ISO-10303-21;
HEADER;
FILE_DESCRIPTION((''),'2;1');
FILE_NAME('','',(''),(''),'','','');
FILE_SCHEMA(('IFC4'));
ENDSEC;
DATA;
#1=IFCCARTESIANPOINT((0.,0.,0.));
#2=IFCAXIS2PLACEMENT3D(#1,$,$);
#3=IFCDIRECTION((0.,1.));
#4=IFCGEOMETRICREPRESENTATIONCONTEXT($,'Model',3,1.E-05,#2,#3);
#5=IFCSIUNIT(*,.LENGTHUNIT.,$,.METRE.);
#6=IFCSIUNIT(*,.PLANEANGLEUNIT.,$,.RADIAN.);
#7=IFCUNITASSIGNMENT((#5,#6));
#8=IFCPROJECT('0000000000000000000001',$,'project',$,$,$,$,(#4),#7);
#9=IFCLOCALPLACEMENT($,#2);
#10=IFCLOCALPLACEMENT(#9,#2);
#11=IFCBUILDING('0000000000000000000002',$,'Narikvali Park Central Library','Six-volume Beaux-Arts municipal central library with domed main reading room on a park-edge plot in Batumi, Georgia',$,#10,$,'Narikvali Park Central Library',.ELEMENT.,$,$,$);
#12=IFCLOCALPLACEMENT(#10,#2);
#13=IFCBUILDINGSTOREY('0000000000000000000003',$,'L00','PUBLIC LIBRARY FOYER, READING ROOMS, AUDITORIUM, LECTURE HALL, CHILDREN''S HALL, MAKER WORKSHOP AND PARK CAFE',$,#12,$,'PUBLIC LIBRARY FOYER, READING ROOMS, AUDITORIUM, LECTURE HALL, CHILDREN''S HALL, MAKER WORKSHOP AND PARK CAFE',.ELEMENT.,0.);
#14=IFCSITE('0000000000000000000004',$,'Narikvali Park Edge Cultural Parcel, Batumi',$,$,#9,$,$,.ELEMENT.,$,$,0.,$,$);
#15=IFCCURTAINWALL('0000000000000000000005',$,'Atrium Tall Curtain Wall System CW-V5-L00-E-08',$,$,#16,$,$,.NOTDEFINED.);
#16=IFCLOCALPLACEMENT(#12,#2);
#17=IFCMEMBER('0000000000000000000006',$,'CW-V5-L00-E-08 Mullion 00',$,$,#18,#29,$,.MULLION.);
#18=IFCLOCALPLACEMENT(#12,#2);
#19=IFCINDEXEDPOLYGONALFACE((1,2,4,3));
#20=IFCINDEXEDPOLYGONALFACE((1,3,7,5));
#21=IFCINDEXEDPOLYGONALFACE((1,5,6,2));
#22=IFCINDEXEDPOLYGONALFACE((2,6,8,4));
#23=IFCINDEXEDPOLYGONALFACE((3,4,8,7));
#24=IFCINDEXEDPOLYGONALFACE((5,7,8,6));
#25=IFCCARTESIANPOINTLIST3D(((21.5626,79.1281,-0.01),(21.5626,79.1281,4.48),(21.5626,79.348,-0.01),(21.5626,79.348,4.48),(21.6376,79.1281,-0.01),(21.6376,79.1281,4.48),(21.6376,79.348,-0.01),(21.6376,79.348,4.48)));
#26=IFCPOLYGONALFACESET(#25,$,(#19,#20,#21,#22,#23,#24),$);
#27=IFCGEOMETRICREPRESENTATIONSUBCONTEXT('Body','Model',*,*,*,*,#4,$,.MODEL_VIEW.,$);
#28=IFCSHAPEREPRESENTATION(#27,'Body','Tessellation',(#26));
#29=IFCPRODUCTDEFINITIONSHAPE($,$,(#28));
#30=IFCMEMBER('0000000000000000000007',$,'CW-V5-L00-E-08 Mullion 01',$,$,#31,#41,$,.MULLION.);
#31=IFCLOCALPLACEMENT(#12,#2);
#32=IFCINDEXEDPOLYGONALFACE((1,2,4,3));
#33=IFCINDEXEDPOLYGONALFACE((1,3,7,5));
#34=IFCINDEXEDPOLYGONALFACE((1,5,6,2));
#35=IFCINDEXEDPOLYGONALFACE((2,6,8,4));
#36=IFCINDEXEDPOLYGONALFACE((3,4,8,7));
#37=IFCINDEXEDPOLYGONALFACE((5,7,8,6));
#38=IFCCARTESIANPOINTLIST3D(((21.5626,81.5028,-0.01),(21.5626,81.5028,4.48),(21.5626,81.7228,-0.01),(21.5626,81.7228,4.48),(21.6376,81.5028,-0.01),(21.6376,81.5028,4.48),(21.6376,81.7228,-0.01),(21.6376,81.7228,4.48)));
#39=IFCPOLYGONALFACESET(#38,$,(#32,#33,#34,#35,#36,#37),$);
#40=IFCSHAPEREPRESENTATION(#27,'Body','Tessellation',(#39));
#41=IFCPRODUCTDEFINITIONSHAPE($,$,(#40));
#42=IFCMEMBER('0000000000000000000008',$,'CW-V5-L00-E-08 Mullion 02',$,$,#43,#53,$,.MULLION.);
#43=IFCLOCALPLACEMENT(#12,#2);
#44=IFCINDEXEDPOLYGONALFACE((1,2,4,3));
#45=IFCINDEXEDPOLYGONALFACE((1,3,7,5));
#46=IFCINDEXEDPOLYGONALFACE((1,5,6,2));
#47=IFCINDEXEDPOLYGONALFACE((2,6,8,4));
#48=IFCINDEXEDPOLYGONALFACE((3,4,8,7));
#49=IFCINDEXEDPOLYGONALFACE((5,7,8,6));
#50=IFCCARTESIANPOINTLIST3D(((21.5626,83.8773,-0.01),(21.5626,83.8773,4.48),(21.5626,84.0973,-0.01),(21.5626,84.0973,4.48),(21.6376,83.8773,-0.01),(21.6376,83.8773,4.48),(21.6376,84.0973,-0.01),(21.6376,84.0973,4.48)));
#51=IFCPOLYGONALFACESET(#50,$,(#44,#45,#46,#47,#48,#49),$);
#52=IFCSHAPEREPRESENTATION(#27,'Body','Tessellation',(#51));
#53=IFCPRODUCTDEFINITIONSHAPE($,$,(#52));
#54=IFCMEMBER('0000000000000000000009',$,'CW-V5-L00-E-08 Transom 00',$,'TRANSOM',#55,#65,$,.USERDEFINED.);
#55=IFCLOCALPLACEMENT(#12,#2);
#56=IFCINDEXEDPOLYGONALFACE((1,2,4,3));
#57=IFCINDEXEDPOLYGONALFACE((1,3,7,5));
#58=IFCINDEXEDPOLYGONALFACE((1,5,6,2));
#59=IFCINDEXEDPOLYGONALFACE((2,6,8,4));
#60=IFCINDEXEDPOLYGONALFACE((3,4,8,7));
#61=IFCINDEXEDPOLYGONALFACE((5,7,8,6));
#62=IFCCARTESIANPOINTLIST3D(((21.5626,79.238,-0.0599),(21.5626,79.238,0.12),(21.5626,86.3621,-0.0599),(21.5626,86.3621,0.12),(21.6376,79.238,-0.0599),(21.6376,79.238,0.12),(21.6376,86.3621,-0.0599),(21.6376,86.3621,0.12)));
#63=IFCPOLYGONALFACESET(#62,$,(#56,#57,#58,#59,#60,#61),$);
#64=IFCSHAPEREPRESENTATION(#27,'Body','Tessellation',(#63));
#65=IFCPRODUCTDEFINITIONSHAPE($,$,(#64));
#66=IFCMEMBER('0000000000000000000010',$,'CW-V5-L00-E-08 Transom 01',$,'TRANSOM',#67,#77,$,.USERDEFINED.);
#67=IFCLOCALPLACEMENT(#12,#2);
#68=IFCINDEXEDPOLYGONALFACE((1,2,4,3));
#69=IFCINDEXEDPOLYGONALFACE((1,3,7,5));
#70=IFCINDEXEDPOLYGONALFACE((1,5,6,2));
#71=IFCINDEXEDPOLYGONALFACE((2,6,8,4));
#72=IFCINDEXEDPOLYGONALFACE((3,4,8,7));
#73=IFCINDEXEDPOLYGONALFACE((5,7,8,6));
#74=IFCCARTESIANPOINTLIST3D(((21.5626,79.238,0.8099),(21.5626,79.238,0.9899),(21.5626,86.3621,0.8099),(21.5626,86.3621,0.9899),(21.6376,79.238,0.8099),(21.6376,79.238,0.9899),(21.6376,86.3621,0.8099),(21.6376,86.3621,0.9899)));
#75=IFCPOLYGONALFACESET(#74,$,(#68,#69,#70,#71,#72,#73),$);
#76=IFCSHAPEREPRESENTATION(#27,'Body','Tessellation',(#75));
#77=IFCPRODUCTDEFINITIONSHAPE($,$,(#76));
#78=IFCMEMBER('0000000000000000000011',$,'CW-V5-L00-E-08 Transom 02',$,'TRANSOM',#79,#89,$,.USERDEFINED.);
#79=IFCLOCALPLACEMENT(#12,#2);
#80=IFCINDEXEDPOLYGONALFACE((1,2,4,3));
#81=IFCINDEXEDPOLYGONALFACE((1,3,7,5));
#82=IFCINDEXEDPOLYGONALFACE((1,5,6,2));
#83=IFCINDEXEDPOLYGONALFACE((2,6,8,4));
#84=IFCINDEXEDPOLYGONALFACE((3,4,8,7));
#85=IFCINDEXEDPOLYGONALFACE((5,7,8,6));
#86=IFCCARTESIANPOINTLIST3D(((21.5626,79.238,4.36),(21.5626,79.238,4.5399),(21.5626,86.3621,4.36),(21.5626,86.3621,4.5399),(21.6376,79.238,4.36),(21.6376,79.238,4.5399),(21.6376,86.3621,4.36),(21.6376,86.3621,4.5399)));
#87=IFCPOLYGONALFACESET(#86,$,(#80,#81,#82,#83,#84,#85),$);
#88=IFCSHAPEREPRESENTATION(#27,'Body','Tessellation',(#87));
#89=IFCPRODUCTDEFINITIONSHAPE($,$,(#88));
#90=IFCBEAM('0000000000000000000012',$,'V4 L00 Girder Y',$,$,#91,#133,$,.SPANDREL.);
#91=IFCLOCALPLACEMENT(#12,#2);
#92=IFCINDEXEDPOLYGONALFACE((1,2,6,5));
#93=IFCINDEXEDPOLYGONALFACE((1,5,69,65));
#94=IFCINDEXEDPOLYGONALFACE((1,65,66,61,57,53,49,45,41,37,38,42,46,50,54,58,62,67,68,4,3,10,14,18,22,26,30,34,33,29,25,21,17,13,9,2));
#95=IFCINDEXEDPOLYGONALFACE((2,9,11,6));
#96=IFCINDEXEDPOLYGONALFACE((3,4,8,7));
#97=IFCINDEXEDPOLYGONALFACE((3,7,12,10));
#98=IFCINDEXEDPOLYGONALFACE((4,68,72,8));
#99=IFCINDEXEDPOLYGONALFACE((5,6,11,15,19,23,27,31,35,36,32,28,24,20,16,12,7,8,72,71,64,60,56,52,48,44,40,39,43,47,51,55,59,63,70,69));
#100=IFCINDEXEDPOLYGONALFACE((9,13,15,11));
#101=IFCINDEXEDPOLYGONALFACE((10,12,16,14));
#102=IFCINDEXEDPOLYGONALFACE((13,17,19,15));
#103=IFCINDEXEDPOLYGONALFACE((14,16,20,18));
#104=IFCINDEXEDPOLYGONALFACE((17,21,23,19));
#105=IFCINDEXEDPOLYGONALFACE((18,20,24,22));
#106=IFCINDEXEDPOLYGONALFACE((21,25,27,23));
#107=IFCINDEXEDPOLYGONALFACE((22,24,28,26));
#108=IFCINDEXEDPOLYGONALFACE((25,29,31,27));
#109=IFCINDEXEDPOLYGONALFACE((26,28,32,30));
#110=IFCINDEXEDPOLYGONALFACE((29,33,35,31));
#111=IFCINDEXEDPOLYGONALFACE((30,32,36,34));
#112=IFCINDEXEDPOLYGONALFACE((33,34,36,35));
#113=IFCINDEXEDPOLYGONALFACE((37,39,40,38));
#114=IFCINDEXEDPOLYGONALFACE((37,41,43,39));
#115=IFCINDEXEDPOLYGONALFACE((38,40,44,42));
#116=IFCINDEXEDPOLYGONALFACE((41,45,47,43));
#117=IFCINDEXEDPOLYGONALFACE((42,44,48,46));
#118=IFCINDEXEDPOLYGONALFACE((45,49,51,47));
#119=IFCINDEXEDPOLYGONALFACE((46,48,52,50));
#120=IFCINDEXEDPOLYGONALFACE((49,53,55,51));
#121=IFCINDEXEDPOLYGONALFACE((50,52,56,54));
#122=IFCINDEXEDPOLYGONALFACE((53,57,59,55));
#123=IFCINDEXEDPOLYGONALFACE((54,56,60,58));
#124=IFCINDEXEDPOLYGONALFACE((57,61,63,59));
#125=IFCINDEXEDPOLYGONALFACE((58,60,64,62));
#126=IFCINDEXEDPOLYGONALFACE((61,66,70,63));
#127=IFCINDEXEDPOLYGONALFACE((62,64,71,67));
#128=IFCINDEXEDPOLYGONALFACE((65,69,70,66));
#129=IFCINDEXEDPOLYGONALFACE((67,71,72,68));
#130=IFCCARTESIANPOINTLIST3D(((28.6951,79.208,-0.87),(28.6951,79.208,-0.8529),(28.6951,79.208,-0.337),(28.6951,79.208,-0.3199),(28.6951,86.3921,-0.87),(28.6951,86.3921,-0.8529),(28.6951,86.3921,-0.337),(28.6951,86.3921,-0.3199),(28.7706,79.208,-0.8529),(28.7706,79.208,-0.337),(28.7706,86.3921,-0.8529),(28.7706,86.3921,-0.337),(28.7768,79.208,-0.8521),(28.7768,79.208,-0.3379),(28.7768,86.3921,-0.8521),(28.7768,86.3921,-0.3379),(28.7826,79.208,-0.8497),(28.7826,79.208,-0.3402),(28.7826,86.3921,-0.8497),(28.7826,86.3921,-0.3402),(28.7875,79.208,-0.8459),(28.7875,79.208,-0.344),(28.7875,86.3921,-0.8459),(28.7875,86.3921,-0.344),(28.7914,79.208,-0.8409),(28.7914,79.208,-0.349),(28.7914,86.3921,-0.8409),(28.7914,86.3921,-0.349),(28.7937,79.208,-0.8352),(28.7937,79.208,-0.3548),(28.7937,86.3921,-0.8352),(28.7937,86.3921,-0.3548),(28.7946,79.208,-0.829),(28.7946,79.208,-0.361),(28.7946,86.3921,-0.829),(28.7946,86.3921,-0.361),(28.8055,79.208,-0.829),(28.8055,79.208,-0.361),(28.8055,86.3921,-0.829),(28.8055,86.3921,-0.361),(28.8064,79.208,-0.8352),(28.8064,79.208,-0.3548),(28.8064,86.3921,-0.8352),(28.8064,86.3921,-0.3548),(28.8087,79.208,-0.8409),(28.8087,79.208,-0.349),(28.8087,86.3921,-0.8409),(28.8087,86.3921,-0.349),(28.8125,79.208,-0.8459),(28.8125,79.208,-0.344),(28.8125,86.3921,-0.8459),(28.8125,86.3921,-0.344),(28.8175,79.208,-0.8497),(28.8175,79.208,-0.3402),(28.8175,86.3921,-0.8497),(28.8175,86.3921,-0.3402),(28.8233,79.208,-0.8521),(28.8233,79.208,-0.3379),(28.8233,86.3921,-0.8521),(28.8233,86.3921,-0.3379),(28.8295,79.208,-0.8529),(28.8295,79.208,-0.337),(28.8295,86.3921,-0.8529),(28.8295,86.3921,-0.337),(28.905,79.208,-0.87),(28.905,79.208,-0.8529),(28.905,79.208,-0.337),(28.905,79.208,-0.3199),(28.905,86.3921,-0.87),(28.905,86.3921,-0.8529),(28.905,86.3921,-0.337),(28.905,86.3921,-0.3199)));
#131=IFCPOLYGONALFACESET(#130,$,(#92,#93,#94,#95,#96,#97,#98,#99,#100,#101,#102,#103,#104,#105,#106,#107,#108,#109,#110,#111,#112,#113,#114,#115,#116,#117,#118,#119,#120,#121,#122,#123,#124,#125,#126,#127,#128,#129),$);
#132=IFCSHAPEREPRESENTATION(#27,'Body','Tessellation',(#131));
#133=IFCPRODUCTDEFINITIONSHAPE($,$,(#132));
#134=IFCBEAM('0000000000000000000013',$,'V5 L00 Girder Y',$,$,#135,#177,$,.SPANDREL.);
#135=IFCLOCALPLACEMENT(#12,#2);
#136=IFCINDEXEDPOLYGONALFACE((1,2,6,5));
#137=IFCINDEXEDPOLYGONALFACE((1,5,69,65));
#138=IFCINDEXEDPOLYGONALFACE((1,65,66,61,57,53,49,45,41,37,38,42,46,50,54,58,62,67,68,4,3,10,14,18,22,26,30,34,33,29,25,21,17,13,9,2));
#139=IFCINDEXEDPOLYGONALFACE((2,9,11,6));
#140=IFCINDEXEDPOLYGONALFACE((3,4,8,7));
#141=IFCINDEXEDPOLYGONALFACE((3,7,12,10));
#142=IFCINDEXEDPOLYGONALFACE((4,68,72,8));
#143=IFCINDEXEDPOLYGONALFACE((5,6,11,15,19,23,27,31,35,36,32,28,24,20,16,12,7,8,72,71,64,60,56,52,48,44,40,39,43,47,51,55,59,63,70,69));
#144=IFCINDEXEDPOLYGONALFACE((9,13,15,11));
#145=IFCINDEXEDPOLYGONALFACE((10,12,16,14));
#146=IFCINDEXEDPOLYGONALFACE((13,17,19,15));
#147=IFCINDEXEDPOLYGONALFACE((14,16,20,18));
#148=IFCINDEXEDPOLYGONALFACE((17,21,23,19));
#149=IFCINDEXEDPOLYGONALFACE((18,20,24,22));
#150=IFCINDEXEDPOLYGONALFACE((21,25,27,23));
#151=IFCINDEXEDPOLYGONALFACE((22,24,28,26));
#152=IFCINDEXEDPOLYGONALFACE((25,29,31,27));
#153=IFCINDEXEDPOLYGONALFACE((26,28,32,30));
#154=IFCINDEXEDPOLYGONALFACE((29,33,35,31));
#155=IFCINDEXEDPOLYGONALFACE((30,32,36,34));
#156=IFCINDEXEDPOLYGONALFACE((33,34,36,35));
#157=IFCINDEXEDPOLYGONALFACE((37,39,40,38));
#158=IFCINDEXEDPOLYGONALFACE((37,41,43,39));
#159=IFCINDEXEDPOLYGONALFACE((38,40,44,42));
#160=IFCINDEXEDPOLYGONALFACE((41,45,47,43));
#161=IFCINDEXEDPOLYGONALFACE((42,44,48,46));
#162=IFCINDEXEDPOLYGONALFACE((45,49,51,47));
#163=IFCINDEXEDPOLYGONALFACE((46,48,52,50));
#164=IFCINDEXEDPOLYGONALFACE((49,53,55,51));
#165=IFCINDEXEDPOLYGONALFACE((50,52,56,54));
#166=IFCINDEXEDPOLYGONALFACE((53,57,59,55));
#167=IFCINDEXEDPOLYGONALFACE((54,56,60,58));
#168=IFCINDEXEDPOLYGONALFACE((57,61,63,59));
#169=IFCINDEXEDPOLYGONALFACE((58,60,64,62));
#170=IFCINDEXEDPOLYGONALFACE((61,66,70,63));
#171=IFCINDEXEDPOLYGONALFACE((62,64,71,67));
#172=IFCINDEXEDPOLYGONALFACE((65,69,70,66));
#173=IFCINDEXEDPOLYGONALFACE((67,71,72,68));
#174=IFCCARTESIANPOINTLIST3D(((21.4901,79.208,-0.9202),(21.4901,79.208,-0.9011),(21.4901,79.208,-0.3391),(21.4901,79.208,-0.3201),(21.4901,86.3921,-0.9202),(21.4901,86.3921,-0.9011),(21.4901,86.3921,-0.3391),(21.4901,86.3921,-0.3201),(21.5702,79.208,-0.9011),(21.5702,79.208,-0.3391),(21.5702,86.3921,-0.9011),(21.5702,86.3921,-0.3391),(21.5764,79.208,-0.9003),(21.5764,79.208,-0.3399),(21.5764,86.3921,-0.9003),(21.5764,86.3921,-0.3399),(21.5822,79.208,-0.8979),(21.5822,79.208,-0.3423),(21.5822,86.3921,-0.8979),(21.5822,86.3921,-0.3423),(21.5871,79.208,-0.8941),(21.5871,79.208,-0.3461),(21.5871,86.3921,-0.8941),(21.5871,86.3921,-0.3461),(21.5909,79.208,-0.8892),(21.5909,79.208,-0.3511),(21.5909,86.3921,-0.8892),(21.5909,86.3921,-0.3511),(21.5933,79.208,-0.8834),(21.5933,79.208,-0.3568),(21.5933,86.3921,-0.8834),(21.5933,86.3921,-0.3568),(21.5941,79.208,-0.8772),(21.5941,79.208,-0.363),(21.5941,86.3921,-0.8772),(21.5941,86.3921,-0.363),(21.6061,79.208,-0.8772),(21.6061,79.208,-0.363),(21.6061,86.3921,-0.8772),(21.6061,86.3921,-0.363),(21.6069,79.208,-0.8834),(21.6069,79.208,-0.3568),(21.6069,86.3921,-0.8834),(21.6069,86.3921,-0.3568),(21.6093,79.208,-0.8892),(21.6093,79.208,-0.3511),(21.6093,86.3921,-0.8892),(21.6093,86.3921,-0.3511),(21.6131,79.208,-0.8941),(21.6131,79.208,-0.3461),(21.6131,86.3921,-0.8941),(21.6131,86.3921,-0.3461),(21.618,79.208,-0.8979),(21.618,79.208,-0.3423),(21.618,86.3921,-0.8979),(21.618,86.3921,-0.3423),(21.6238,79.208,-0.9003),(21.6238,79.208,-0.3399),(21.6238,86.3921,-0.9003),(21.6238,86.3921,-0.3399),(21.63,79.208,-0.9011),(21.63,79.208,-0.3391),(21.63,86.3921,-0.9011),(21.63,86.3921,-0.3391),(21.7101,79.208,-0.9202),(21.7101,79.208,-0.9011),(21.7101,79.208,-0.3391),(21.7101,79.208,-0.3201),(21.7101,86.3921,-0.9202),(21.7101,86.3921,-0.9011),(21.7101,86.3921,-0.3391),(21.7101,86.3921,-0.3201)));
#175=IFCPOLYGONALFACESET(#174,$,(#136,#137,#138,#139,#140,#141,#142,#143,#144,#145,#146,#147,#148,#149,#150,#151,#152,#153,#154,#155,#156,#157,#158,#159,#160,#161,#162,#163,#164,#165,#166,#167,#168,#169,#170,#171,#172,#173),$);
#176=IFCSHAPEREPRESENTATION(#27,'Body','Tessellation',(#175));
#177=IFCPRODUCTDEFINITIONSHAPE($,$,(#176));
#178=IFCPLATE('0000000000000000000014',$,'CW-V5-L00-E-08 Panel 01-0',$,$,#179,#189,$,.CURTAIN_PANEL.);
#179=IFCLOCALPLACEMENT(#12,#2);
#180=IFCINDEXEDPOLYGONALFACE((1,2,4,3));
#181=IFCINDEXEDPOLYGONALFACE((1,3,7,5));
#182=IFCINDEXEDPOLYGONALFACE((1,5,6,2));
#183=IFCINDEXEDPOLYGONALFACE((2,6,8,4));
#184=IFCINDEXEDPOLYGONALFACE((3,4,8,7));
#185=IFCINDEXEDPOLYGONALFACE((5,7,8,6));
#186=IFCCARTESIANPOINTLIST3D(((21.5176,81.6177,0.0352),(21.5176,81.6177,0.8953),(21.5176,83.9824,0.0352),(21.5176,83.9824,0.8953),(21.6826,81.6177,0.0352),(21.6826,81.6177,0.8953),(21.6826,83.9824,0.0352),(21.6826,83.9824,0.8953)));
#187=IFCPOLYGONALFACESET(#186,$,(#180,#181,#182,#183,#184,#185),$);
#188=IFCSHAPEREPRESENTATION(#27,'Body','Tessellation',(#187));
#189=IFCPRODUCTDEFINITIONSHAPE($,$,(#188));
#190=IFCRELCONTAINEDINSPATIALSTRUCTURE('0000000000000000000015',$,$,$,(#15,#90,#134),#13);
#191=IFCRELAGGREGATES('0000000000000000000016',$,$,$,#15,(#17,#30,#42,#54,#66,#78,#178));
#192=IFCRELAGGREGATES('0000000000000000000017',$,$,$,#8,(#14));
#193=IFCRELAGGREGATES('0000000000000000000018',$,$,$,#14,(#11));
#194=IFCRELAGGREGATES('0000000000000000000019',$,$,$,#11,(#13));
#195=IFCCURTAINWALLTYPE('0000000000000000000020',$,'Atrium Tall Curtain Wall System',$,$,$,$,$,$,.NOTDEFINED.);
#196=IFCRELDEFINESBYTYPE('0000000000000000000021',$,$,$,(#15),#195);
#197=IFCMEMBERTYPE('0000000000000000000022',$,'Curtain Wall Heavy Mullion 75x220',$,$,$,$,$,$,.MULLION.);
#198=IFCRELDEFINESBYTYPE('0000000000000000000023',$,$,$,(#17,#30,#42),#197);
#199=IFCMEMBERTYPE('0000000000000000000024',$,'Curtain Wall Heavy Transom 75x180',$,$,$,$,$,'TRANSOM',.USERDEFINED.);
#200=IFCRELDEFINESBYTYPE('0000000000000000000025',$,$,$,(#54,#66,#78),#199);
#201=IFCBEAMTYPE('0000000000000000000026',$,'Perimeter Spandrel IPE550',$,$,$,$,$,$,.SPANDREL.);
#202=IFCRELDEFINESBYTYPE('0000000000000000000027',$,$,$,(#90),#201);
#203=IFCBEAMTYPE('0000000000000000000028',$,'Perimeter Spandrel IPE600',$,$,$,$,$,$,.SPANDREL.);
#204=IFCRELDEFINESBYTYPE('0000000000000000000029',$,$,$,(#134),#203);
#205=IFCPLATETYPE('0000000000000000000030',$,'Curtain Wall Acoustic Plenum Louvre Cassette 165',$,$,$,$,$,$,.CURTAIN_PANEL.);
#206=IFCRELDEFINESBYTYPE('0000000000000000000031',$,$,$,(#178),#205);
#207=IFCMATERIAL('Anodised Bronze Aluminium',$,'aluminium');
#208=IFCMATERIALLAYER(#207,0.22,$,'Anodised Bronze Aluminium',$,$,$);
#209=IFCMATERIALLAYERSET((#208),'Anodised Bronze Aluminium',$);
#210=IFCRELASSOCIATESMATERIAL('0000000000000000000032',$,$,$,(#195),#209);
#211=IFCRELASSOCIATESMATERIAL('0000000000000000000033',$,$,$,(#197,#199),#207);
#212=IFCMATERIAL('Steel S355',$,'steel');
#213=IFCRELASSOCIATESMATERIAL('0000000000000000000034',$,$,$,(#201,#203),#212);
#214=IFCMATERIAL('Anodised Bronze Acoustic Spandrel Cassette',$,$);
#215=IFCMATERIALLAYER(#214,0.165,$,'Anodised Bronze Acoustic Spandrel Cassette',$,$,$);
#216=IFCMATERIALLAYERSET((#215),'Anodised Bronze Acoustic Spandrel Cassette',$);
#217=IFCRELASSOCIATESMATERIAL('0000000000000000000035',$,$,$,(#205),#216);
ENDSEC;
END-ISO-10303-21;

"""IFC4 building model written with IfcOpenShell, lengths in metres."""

from ifc_helpers import new_model, si_unit, direction, frame, origin, origin_2d, place, context, subcontext, project, spatial, rectangle, i_section, extrude, material, layer, layer_set, material_profile, profile_set, type_object, element, aggregate, save


model = new_model("IFC4")

# Units and contexts
model_context = context("Model", 3, precision=1e-05, world=origin(), true_north=direction((0.0, 1.0)))
body_context = subcontext(model_context, "Body", "Model", "MODEL_VIEW")
ifc_project = project(units=[si_unit("LENGTHUNIT", "METRE"), si_unit("PLANEANGLEUNIT", "RADIAN")], contexts=[model_context])

# Site, building, storey
site_placement = place(None, origin())
site = spatial("IfcSite", under=ifc_project, at=site_placement, Name="Narikvali Park Edge Cultural Parcel, Batumi", CompositionType="ELEMENT", RefElevation=0.0)
building_placement = place(site_placement, origin())
building = spatial("IfcBuilding", under=site, at=building_placement, Name="Narikvali Park Central Library", Description="Six-volume Beaux-Arts municipal central library with domed main reading room on a park-edge plot in Batumi, Georgia", LongName="Narikvali Park Central Library", CompositionType="ELEMENT")
storey_placement = place(building_placement, origin())
storey = spatial("IfcBuildingStorey", under=building, at=storey_placement, Name="L00", Description="PUBLIC LIBRARY FOYER, READING ROOMS, AUDITORIUM, LECTURE HALL, CHILDREN'S HALL, MAKER WORKSHOP AND PARK CAFE", LongName="PUBLIC LIBRARY FOYER, READING ROOMS, AUDITORIUM, LECTURE HALL, CHILDREN'S HALL, MAKER WORKSHOP AND PARK CAFE", CompositionType="ELEMENT", Elevation=0.0)

# Shared definitions
ifc_material_1 = material(Name="Steel S355", Category="steel")

# Curtain wall, members
ifc_material_2 = material(Name="Anodised Bronze Aluminium", Category="aluminium")
ifc_layer_1 = layer(ifc_material_2, 0.22, Name="Anodised Bronze Aluminium")
ifc_layer_set_1 = layer_set([ifc_layer_1], Name="Anodised Bronze Aluminium")
curtain_wall_type = type_object("IfcCurtainWallType", Name="Atrium Tall Curtain Wall System", PredefinedType="NOTDEFINED", material=ifc_layer_set_1)
ifc_material_profile_1 = material_profile(ifc_material_2, rectangle(XDim=0.075, YDim=0.22, at=origin_2d()), Name="CW MULLION 75x220")
ifc_profile_set_1 = profile_set([ifc_material_profile_1], Name="Anodised Bronze Aluminium")
member_type_1 = type_object("IfcMemberType", Name="Curtain Wall Heavy Mullion 75x220", PredefinedType="MULLION", material=ifc_profile_set_1)
curtain_wall_1_placement = place(storey_placement, origin())
curtain_wall_1 = element("IfcCurtainWall", 1, at=curtain_wall_1_placement, inside=storey, type_object=curtain_wall_type, Name="Atrium Tall Curtain Wall System CW-V5-L00-E-08", PredefinedType="NOTDEFINED")
member_1_placement = place(storey_placement, frame((21.6001, 79.238, -0.01), z_axis=(0.0, 0.0, 1.0), x_axis=(1.0, 0.0, 0.0)))
member_1 = element("IfcMember", 2, at=member_1_placement, type_object=member_type_1, Name="CW-V5-L00-E-08 Mullion 00", PredefinedType="MULLION", context=body_context, shape_type="SweptSolid", body=[
    extrude(rectangle(XDim=0.075, YDim=0.22, at=origin_2d()), origin(), (0.0, 0.0, 1.0), 4.49),
])
member_2_placement = place(storey_placement, frame((21.6001, 81.6128, -0.01), z_axis=(0.0, 0.0, 1.0), x_axis=(1.0, 0.0, 0.0)))
member_2 = element("IfcMember", 3, at=member_2_placement, type_object=member_type_1, Name="CW-V5-L00-E-08 Mullion 01", PredefinedType="MULLION", context=body_context, shape_type="SweptSolid", body=[
    extrude(rectangle(XDim=0.075, YDim=0.22, at=origin_2d()), origin(), (0.0, 0.0, 1.0), 4.49),
])
member_3_placement = place(storey_placement, frame((21.6001, 83.9873, -0.01), z_axis=(0.0, 0.0, 1.0), x_axis=(1.0, 0.0, 0.0)))
member_3 = element("IfcMember", 4, at=member_3_placement, type_object=member_type_1, Name="CW-V5-L00-E-08 Mullion 02", PredefinedType="MULLION", context=body_context, shape_type="SweptSolid", body=[
    extrude(rectangle(XDim=0.075, YDim=0.22, at=origin_2d()), origin(), (0.0, 0.0, 1.0), 4.49),
])
ifc_material_profile_2 = material_profile(ifc_material_2, rectangle(XDim=0.075, YDim=0.1799, at=origin_2d()), Name="CW TRANSOM 75x180")
ifc_profile_set_2 = profile_set([ifc_material_profile_2], Name="Anodised Bronze Aluminium")
member_type_2 = type_object("IfcMemberType", Name="Curtain Wall Heavy Transom 75x180", ElementType="TRANSOM", PredefinedType="USERDEFINED", material=ifc_profile_set_2)
member_4_placement = place(storey_placement, frame((21.6001, 79.238, 0.03), z_axis=(0.0, 1.0, 0.0), x_axis=(-1.0, 0.0, 0.0)))
member_4 = element("IfcMember", 5, at=member_4_placement, type_object=member_type_2, Name="CW-V5-L00-E-08 Transom 00", ObjectType="TRANSOM", PredefinedType="USERDEFINED", context=body_context, shape_type="SweptSolid", body=[
    extrude(rectangle(XDim=0.075, YDim=0.1799, at=origin_2d()), origin(), (0.0, 0.0, 1.0), 7.124),
])
member_5_placement = place(storey_placement, frame((21.6001, 79.238, 0.8999), z_axis=(0.0, 1.0, 0.0), x_axis=(-1.0, 0.0, 0.0)))
member_5 = element("IfcMember", 6, at=member_5_placement, type_object=member_type_2, Name="CW-V5-L00-E-08 Transom 01", ObjectType="TRANSOM", PredefinedType="USERDEFINED", context=body_context, shape_type="SweptSolid", body=[
    extrude(rectangle(XDim=0.075, YDim=0.1799, at=origin_2d()), origin(), (0.0, 0.0, 1.0), 7.124),
])
member_6_placement = place(storey_placement, frame((21.6001, 79.238, 4.45), z_axis=(0.0, 1.0, 0.0), x_axis=(-1.0, 0.0, 0.0)))
member_6 = element("IfcMember", 7, at=member_6_placement, type_object=member_type_2, Name="CW-V5-L00-E-08 Transom 02", ObjectType="TRANSOM", PredefinedType="USERDEFINED", context=body_context, shape_type="SweptSolid", body=[
    extrude(rectangle(XDim=0.075, YDim=0.1799, at=origin_2d()), origin(), (0.0, 0.0, 1.0), 7.124),
])

# Beams
ifc_material_profile_3 = material_profile(ifc_material_1, i_section(OverallWidth=0.21, OverallDepth=0.55, WebThickness=0.011, FlangeThickness=0.0171, FilletRadius=0.0239, at=origin_2d()), Name="IPE 550")
ifc_profile_set_3 = profile_set([ifc_material_profile_3], Name="Steel S355")
beam_type_1 = type_object("IfcBeamType", Name="Perimeter Spandrel IPE550", PredefinedType="SPANDREL", material=ifc_profile_set_3)
beam_1_placement = place(storey_placement, frame((28.8, 79.208, -0.595), z_axis=(0.0, 1.0, 0.0), x_axis=(-1.0, 0.0, 0.0)))
element("IfcBeam", 8, at=beam_1_placement, inside=storey, type_object=beam_type_1, Name="V4 L00 Girder Y", PredefinedType="SPANDREL", context=body_context, shape_type="SweptSolid", body=[
    extrude(i_section(OverallWidth=0.21, OverallDepth=0.55, WebThickness=0.011, FlangeThickness=0.0171, FilletRadius=0.0239, at=origin_2d()), origin(), (0.0, 0.0, 1.0), 7.1841),
])
ifc_material_profile_4 = material_profile(ifc_material_1, i_section(OverallWidth=0.22, OverallDepth=0.6001, WebThickness=0.012, FlangeThickness=0.019, FilletRadius=0.0239, at=origin_2d()), Name="IPE 600")
ifc_profile_set_4 = profile_set([ifc_material_profile_4], Name="Steel S355")
beam_type_2 = type_object("IfcBeamType", Name="Perimeter Spandrel IPE600", PredefinedType="SPANDREL", material=ifc_profile_set_4)
beam_2_placement = place(storey_placement, frame((21.6001, 79.208, -0.6201), z_axis=(0.0, 1.0, 0.0), x_axis=(-1.0, 0.0, 0.0)))
element("IfcBeam", 9, at=beam_2_placement, inside=storey, type_object=beam_type_2, Name="V5 L00 Girder Y", PredefinedType="SPANDREL", context=body_context, shape_type="SweptSolid", body=[
    extrude(i_section(OverallWidth=0.22, OverallDepth=0.6001, WebThickness=0.012, FlangeThickness=0.019, FilletRadius=0.0239, at=origin_2d()), origin(), (0.0, 0.0, 1.0), 7.1841),
])

# Plate
ifc_material_3 = material(Name="Anodised Bronze Acoustic Spandrel Cassette")
ifc_layer_2 = layer(ifc_material_3, 0.165, Name="Anodised Bronze Acoustic Spandrel Cassette")
ifc_layer_set_2 = layer_set([ifc_layer_2], Name="Anodised Bronze Acoustic Spandrel Cassette")
plate_type_1 = type_object("IfcPlateType", Name="Curtain Wall Acoustic Plenum Louvre Cassette 165", PredefinedType="CURTAIN_PANEL", material=ifc_layer_set_2)
plate_1_placement = place(storey_placement, frame((21.6001, 82.8, 0.0352), z_axis=(0.0, 0.0, 1.0), x_axis=(0.0, 1.0, 0.0)))
plate_1 = element("IfcPlate", 10, at=plate_1_placement, type_object=plate_type_1, Name="CW-V5-L00-E-08 Panel 01-0", PredefinedType="CURTAIN_PANEL", context=body_context, shape_type="SweptSolid", body=[
    extrude(rectangle(XDim=2.3647, YDim=0.165, at=origin_2d()), origin(), (0.0, 0.0, 1.0), 0.8601),
])
aggregate(curtain_wall_1, [member_1, member_2, member_3, member_4, member_5, member_6, plate_1])

save(model, "model.ifc")
